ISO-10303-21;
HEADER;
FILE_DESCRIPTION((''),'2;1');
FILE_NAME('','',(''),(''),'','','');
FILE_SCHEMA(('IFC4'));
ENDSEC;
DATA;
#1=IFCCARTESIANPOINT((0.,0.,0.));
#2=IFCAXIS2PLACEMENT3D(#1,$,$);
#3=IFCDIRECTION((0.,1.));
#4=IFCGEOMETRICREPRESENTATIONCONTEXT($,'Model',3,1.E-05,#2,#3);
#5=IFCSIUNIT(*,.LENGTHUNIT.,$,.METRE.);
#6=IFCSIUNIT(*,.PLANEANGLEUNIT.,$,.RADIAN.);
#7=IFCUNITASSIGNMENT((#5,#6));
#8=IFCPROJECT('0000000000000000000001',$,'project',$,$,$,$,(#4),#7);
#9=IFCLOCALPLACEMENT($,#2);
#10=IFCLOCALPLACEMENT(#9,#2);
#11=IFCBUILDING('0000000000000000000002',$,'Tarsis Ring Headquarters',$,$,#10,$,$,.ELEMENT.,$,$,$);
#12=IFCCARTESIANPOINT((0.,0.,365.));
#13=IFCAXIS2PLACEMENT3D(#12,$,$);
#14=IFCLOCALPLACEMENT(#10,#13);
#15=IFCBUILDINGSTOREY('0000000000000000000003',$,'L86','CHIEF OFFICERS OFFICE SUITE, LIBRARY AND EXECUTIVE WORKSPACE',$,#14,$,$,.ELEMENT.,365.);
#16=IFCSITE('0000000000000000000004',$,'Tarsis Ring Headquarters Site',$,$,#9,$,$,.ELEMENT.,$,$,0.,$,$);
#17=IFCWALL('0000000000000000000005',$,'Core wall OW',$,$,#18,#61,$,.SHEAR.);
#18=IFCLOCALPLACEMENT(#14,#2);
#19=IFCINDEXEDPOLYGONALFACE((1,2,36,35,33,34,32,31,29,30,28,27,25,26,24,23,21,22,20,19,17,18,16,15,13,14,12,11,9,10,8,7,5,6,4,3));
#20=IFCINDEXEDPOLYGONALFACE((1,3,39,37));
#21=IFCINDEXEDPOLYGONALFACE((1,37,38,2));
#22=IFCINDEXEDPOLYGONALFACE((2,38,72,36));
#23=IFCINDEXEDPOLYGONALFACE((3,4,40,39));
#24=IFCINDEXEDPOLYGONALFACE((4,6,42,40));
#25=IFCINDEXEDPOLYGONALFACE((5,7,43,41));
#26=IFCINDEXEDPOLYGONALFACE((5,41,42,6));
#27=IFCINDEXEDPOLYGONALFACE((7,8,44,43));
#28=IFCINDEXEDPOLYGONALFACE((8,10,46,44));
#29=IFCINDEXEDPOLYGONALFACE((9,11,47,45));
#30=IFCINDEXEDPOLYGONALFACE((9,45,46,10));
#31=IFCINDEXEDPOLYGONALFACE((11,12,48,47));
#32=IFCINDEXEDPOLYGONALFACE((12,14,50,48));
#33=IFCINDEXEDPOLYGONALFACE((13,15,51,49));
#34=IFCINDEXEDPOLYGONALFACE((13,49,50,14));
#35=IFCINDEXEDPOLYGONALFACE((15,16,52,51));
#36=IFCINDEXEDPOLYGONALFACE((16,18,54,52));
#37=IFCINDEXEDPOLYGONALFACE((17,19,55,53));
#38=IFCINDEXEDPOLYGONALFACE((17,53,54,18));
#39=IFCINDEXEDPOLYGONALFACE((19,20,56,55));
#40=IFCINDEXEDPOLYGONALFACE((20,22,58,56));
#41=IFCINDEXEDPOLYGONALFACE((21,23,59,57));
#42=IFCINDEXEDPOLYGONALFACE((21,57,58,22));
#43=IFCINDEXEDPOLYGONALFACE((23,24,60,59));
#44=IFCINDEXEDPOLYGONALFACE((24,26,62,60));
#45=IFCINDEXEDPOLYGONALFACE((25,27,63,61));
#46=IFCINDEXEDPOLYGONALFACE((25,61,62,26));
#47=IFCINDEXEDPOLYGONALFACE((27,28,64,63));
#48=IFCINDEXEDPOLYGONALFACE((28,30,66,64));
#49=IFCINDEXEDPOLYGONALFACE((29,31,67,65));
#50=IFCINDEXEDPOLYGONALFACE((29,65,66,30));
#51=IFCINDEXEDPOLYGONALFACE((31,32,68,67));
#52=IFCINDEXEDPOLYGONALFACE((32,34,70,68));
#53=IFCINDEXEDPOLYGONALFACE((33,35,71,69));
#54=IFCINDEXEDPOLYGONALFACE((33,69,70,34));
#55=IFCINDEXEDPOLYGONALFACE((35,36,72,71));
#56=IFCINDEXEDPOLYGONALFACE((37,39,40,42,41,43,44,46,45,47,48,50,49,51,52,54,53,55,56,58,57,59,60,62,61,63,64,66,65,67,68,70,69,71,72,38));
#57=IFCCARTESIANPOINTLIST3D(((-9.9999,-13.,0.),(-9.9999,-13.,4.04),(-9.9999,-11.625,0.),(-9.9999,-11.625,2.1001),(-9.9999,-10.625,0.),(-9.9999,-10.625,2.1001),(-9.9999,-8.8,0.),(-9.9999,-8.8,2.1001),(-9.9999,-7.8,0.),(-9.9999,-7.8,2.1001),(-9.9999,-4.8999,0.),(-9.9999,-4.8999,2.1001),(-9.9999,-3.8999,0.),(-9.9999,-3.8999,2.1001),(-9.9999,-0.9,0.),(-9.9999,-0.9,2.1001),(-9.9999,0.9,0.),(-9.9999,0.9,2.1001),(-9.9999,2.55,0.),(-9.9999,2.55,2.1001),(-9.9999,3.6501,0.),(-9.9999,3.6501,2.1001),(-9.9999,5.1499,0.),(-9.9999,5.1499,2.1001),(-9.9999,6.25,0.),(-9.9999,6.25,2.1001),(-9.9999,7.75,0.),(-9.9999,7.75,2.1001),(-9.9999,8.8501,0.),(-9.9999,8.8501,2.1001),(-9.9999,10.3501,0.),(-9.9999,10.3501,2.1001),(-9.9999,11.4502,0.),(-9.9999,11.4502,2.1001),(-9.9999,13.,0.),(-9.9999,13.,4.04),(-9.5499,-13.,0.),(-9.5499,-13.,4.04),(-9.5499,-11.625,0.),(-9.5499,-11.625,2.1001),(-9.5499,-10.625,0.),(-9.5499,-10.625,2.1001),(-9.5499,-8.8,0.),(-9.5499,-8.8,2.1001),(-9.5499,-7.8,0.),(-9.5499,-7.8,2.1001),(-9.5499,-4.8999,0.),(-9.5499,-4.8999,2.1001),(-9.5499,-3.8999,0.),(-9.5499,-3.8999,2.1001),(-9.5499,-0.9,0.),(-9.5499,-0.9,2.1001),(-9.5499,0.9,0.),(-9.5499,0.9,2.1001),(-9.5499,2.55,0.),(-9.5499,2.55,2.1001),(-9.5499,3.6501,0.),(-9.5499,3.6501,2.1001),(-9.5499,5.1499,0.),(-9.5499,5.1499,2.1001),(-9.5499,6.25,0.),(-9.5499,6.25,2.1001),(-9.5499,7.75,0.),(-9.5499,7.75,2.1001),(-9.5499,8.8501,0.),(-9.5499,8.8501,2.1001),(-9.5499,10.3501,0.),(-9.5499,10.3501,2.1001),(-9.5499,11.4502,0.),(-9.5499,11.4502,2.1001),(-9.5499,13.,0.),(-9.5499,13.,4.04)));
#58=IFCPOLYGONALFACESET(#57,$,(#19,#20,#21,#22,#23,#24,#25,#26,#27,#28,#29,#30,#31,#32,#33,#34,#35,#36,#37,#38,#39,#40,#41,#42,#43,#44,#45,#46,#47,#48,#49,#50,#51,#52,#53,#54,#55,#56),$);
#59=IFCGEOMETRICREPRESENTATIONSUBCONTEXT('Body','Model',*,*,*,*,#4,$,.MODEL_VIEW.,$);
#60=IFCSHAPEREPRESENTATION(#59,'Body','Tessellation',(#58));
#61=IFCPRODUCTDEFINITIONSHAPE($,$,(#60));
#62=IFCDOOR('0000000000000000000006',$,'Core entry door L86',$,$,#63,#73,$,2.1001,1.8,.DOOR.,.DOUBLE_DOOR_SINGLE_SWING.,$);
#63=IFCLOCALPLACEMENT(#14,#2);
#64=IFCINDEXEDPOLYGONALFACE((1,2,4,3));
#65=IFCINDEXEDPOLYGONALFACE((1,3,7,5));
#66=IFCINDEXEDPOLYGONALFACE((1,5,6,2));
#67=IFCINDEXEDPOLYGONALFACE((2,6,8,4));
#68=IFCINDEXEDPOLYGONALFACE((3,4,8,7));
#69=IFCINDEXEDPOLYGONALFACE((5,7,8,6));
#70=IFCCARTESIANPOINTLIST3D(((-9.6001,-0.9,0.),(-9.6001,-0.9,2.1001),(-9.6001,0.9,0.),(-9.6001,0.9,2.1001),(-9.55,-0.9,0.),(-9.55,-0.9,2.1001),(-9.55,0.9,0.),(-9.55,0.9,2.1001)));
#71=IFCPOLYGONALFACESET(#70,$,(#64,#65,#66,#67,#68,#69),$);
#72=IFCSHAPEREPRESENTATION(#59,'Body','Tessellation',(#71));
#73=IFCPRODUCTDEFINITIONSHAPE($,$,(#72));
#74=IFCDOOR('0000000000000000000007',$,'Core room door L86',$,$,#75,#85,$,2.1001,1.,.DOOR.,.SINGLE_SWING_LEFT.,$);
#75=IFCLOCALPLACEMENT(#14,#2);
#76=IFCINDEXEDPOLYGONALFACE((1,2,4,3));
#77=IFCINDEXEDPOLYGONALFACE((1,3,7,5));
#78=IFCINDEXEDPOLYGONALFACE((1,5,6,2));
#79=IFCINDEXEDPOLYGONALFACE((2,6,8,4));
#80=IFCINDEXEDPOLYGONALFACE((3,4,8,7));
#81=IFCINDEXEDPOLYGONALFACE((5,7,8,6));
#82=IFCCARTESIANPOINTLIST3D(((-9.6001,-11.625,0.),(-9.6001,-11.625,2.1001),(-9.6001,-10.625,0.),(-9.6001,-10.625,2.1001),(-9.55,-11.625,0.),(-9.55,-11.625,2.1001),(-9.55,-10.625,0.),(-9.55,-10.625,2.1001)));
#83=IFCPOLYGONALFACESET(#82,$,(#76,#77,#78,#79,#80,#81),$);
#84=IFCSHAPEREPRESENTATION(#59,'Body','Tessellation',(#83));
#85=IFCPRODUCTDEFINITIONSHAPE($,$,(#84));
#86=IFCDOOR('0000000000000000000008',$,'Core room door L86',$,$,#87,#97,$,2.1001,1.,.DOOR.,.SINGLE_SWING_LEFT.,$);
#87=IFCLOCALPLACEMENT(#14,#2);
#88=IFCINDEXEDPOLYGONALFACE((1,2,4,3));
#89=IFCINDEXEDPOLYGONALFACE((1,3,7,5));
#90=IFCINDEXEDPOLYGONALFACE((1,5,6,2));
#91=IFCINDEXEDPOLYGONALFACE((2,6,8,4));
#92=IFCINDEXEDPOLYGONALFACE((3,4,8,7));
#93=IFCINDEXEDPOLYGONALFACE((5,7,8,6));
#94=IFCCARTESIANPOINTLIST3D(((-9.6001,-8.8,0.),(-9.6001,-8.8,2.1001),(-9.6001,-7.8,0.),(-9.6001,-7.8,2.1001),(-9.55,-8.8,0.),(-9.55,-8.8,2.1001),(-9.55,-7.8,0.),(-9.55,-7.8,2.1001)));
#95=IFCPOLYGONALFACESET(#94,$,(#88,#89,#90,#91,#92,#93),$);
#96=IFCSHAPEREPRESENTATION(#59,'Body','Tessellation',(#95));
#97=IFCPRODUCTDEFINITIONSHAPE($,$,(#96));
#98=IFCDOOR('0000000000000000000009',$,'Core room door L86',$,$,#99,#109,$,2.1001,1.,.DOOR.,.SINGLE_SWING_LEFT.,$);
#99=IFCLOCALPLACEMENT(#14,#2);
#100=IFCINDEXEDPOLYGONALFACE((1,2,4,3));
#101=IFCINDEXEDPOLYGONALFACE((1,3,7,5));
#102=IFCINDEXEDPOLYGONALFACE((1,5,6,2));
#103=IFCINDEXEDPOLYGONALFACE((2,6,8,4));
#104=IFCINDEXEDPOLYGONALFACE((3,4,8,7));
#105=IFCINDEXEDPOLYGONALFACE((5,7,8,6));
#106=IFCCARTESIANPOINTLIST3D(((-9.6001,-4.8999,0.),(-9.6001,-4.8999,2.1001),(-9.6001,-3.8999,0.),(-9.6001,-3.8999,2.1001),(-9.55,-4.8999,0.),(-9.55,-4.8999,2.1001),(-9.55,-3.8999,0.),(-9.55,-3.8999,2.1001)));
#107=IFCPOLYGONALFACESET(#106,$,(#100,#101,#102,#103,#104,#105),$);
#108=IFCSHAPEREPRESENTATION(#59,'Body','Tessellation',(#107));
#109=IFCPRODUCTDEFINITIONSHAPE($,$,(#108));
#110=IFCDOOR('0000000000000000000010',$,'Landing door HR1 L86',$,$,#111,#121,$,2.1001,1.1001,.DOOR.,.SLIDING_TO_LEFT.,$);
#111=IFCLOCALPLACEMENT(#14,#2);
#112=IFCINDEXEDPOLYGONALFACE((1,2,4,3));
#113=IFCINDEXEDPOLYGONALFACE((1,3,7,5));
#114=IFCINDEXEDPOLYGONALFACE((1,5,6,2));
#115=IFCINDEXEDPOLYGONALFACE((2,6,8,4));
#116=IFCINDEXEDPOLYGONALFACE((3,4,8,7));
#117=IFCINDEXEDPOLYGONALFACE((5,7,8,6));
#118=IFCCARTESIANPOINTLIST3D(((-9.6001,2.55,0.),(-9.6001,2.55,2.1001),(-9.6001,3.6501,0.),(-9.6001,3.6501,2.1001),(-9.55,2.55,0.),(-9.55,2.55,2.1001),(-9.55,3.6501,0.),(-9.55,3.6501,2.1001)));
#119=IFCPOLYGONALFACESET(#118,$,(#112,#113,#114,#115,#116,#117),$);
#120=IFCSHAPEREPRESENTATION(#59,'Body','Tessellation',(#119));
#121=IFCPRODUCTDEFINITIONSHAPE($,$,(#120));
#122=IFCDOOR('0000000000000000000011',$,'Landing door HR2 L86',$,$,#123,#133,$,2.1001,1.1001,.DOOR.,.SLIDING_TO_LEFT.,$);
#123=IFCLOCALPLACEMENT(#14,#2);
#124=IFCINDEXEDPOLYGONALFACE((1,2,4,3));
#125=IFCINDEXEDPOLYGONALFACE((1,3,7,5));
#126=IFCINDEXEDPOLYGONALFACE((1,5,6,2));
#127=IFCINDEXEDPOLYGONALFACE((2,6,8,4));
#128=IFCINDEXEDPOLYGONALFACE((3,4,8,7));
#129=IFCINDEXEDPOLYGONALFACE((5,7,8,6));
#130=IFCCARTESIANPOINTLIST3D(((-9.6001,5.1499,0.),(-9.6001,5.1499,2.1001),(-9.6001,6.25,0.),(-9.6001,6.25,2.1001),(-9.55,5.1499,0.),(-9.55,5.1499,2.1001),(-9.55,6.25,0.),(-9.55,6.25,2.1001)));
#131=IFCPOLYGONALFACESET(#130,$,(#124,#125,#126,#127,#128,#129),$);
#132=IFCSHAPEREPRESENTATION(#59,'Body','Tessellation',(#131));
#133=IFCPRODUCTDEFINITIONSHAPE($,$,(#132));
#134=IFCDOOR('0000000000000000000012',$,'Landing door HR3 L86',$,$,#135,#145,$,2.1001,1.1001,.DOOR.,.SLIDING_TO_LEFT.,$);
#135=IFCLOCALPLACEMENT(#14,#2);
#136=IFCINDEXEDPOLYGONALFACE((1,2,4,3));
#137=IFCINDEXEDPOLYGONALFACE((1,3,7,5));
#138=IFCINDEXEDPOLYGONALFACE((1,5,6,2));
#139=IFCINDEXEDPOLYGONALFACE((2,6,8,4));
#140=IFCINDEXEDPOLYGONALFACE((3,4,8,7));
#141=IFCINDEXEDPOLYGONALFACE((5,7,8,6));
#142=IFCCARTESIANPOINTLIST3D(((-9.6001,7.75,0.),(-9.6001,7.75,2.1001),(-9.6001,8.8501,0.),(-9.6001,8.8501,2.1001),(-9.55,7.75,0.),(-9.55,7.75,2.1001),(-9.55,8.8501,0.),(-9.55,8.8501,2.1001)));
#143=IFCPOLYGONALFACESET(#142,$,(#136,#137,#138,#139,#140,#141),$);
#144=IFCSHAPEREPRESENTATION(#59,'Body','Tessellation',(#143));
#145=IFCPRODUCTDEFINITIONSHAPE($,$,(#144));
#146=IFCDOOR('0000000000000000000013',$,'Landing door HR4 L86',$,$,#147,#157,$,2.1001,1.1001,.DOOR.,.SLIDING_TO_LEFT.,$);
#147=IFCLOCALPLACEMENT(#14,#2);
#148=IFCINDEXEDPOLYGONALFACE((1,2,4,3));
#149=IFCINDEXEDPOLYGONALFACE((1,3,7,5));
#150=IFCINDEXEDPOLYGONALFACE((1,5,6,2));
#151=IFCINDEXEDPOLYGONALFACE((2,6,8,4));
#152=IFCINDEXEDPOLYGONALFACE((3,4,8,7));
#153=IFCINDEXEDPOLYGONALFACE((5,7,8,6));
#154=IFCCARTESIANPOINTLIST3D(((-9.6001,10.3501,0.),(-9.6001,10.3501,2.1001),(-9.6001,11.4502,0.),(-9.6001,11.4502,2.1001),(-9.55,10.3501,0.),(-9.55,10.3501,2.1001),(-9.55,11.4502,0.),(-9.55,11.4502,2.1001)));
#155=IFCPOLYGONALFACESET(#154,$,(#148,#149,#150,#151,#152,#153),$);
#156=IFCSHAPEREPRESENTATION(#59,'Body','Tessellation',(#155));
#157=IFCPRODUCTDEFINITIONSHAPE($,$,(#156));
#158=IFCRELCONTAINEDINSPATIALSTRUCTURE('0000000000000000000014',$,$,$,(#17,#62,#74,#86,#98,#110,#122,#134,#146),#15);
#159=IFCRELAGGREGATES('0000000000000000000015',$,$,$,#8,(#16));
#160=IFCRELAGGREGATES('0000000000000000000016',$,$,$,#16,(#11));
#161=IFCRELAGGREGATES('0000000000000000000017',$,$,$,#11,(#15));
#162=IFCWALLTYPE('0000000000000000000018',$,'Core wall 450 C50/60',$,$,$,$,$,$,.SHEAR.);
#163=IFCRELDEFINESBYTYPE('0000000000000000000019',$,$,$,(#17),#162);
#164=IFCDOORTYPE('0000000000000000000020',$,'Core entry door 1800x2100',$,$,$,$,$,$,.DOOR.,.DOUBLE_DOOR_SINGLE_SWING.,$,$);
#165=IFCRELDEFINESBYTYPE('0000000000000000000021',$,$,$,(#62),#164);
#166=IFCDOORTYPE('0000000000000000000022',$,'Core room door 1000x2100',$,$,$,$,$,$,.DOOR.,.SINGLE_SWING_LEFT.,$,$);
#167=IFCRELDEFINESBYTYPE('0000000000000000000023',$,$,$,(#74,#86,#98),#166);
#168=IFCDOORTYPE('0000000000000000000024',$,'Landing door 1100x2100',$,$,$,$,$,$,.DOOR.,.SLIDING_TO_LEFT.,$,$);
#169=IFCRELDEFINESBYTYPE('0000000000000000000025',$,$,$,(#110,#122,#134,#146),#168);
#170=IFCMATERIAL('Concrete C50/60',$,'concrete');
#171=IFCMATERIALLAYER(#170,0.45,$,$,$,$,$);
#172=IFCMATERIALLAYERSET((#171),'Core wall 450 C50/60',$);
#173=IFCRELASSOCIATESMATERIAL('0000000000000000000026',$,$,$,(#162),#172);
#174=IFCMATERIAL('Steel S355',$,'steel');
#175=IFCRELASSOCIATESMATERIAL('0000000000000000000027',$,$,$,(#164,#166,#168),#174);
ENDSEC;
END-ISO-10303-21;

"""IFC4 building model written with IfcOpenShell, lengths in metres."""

from ifc_helpers import new_model, si_unit, direction, frame, frame_2d, origin, place, context, subcontext, project, spatial, rectangle, extrude, material, layer, layer_set, type_object, element, fill, save


model = new_model("IFC4")

# Units and contexts
model_context = context("Model", 3, precision=1e-05, world=origin(), true_north=direction((0.0, 1.0)))
body_context = subcontext(model_context, "Body", "Model", "MODEL_VIEW")
ifc_project = project(units=[si_unit("LENGTHUNIT", "METRE"), si_unit("PLANEANGLEUNIT", "RADIAN")], contexts=[model_context])

# Site, building, storey
site_placement = place(None, origin())
site = spatial("IfcSite", under=ifc_project, at=site_placement, Name="Tarsis Ring Headquarters Site", CompositionType="ELEMENT", RefElevation=0.0)
building_placement = place(site_placement, origin())
building = spatial("IfcBuilding", under=site, at=building_placement, Name="Tarsis Ring Headquarters", CompositionType="ELEMENT")
storey_placement = place(building_placement, frame((0.0, 0.0, 365.0)))
storey = spatial("IfcBuildingStorey", under=building, at=storey_placement, Name="L86", Description="CHIEF OFFICERS OFFICE SUITE, LIBRARY AND EXECUTIVE WORKSPACE", CompositionType="ELEMENT", Elevation=365.0)

# Wall, openings, doors
ifc_material_1 = material(Name="Concrete C50/60", Category="concrete")
ifc_layer_1 = layer(ifc_material_1, 0.45)
ifc_layer_set_1 = layer_set([ifc_layer_1], Name="Core wall 450 C50/60")
wall_type_1 = type_object("IfcWallType", Name="Core wall 450 C50/60", PredefinedType="SHEAR", material=ifc_layer_set_1)
wall_1_placement = place(storey_placement, frame((-9.7749, -13.0, 0.0), z_axis=(0.0, 0.0, 1.0), x_axis=(0.0, 1.0, 0.0)))
wall_1 = element("IfcWall", 1, at=wall_1_placement, inside=storey, type_object=wall_type_1, Name="Core wall OW", PredefinedType="SHEAR", context=body_context, shape_type="SweptSolid", body=[
    extrude(rectangle(XDim=26.0, YDim=0.45, at=frame_2d((13.0, 0.0))), origin(), (0.0, 0.0, 1.0), 4.04),
])
opening_1_placement = place(wall_1_placement, frame((1.375, 0.0, 0.0)))
opening_1 = element("IfcOpeningElement", 2, at=opening_1_placement, cuts=wall_1, PredefinedType="OPENING", context=body_context, shape_type="SweptSolid", body=[
    extrude(rectangle(XDim=1.0, YDim=2.1001, at=frame_2d((0.5, 1.05))), frame((0.0, 0.2349, 0.0), z_axis=(0.0, -1.0, 0.0), x_axis=(1.0, 0.0, 0.0)), (0.0, 0.0, 1.0), 0.47),
])
opening_2_placement = place(wall_1_placement, frame((4.2, 0.0, 0.0)))
opening_2 = element("IfcOpeningElement", 3, at=opening_2_placement, cuts=wall_1, PredefinedType="OPENING", context=body_context, shape_type="SweptSolid", body=[
    extrude(rectangle(XDim=1.0, YDim=2.1001, at=frame_2d((0.5, 1.05))), frame((0.0, 0.2349, 0.0), z_axis=(0.0, -1.0, 0.0), x_axis=(1.0, 0.0, 0.0)), (0.0, 0.0, 1.0), 0.47),
])
opening_3_placement = place(wall_1_placement, frame((8.1001, 0.0, 0.0)))
opening_3 = element("IfcOpeningElement", 4, at=opening_3_placement, cuts=wall_1, PredefinedType="OPENING", context=body_context, shape_type="SweptSolid", body=[
    extrude(rectangle(XDim=1.0, YDim=2.1001, at=frame_2d((0.5, 1.05))), frame((0.0, 0.2349, 0.0), z_axis=(0.0, -1.0, 0.0), x_axis=(1.0, 0.0, 0.0)), (0.0, 0.0, 1.0), 0.47),
])
opening_4_placement = place(wall_1_placement, frame((12.1001, 0.0, 0.0)))
opening_4 = element("IfcOpeningElement", 5, at=opening_4_placement, cuts=wall_1, PredefinedType="OPENING", context=body_context, shape_type="SweptSolid", body=[
    extrude(rectangle(XDim=1.8, YDim=2.1001, at=frame_2d((0.8999, 1.05))), frame((0.0, 0.2349, 0.0), z_axis=(0.0, -1.0, 0.0), x_axis=(1.0, 0.0, 0.0)), (0.0, 0.0, 1.0), 0.47),
])
opening_5_placement = place(wall_1_placement, frame((15.55, 0.0, 0.0)))
opening_5 = element("IfcOpeningElement", 6, at=opening_5_placement, cuts=wall_1, PredefinedType="OPENING", context=body_context, shape_type="SweptSolid", body=[
    extrude(rectangle(XDim=1.1001, YDim=2.1001, at=frame_2d((0.55, 1.05))), frame((0.0, 0.2349, 0.0), z_axis=(0.0, -1.0, 0.0), x_axis=(1.0, 0.0, 0.0)), (0.0, 0.0, 1.0), 0.47),
])
opening_6_placement = place(wall_1_placement, frame((18.1499, 0.0, 0.0)))
opening_6 = element("IfcOpeningElement", 7, at=opening_6_placement, cuts=wall_1, PredefinedType="OPENING", context=body_context, shape_type="SweptSolid", body=[
    extrude(rectangle(XDim=1.1001, YDim=2.1001, at=frame_2d((0.55, 1.05))), frame((0.0, 0.2349, 0.0), z_axis=(0.0, -1.0, 0.0), x_axis=(1.0, 0.0, 0.0)), (0.0, 0.0, 1.0), 0.47),
])
opening_7_placement = place(wall_1_placement, frame((20.75, 0.0, 0.0)))
opening_7 = element("IfcOpeningElement", 8, at=opening_7_placement, cuts=wall_1, PredefinedType="OPENING", context=body_context, shape_type="SweptSolid", body=[
    extrude(rectangle(XDim=1.1001, YDim=2.1001, at=frame_2d((0.55, 1.05))), frame((0.0, 0.2349, 0.0), z_axis=(0.0, -1.0, 0.0), x_axis=(1.0, 0.0, 0.0)), (0.0, 0.0, 1.0), 0.47),
])
opening_8_placement = place(wall_1_placement, frame((23.3501, 0.0, 0.0)))
opening_8 = element("IfcOpeningElement", 9, at=opening_8_placement, cuts=wall_1, PredefinedType="OPENING", context=body_context, shape_type="SweptSolid", body=[
    extrude(rectangle(XDim=1.1001, YDim=2.1001, at=frame_2d((0.55, 1.05))), frame((0.0, 0.2349, 0.0), z_axis=(0.0, -1.0, 0.0), x_axis=(1.0, 0.0, 0.0)), (0.0, 0.0, 1.0), 0.47),
])
ifc_material_2 = material(Name="Steel S355", Category="steel")
door_type_1 = type_object("IfcDoorType", Name="Core entry door 1800x2100", OperationType="DOUBLE_DOOR_SINGLE_SWING", PredefinedType="DOOR", material=ifc_material_2)
door_1_placement = place(opening_4_placement, origin())
door_1 = element("IfcDoor", 10, at=door_1_placement, inside=storey, type_object=door_type_1, Name="Core entry door L86", OperationType="DOUBLE_DOOR_SINGLE_SWING", OverallHeight=2.1001, OverallWidth=1.8, PredefinedType="DOOR", context=body_context, shape_type="SweptSolid", body=[
    extrude(rectangle(XDim=1.8, YDim=2.1001, at=frame_2d((0.8999, 1.05))), frame((0.0, -0.1748, 0.0), z_axis=(0.0, -1.0, 0.0), x_axis=(1.0, 0.0, 0.0)), (0.0, 0.0, 1.0), 0.05),
])
fill(opening_4, door_1)
door_type_2 = type_object("IfcDoorType", Name="Core room door 1000x2100", OperationType="SINGLE_SWING_LEFT", PredefinedType="DOOR", material=ifc_material_2)
door_2_placement = place(opening_1_placement, origin())
door_2 = element("IfcDoor", 11, at=door_2_placement, inside=storey, type_object=door_type_2, Name="Core room door L86", OperationType="SINGLE_SWING_LEFT", OverallHeight=2.1001, OverallWidth=1.0, PredefinedType="DOOR", context=body_context, shape_type="SweptSolid", body=[
    extrude(rectangle(XDim=1.0, YDim=2.1001, at=frame_2d((0.5, 1.05))), frame((0.0, -0.1748, 0.0), z_axis=(0.0, -1.0, 0.0), x_axis=(1.0, 0.0, 0.0)), (0.0, 0.0, 1.0), 0.05),
])
fill(opening_1, door_2)
door_3_placement = place(opening_2_placement, origin())
door_3 = element("IfcDoor", 12, at=door_3_placement, inside=storey, type_object=door_type_2, Name="Core room door L86", OperationType="SINGLE_SWING_LEFT", OverallHeight=2.1001, OverallWidth=1.0, PredefinedType="DOOR", context=body_context, shape_type="SweptSolid", body=[
    extrude(rectangle(XDim=1.0, YDim=2.1001, at=frame_2d((0.5, 1.05))), frame((0.0, -0.1748, 0.0), z_axis=(0.0, -1.0, 0.0), x_axis=(1.0, 0.0, 0.0)), (0.0, 0.0, 1.0), 0.05),
])
fill(opening_2, door_3)
door_4_placement = place(opening_3_placement, origin())
door_4 = element("IfcDoor", 13, at=door_4_placement, inside=storey, type_object=door_type_2, Name="Core room door L86", OperationType="SINGLE_SWING_LEFT", OverallHeight=2.1001, OverallWidth=1.0, PredefinedType="DOOR", context=body_context, shape_type="SweptSolid", body=[
    extrude(rectangle(XDim=1.0, YDim=2.1001, at=frame_2d((0.5, 1.05))), frame((0.0, -0.1748, 0.0), z_axis=(0.0, -1.0, 0.0), x_axis=(1.0, 0.0, 0.0)), (0.0, 0.0, 1.0), 0.05),
])
fill(opening_3, door_4)
door_type_3 = type_object("IfcDoorType", Name="Landing door 1100x2100", OperationType="SLIDING_TO_LEFT", PredefinedType="DOOR", material=ifc_material_2)
door_5_placement = place(opening_5_placement, origin())
door_5 = element("IfcDoor", 14, at=door_5_placement, inside=storey, type_object=door_type_3, Name="Landing door HR1 L86", OperationType="SLIDING_TO_LEFT", OverallHeight=2.1001, OverallWidth=1.1001, PredefinedType="DOOR", context=body_context, shape_type="SweptSolid", body=[
    extrude(rectangle(XDim=1.1001, YDim=2.1001, at=frame_2d((0.55, 1.05))), frame((0.0, -0.1748, 0.0), z_axis=(0.0, -1.0, 0.0), x_axis=(1.0, 0.0, 0.0)), (0.0, 0.0, 1.0), 0.05),
])
fill(opening_5, door_5)
door_6_placement = place(opening_6_placement, origin())
door_6 = element("IfcDoor", 15, at=door_6_placement, inside=storey, type_object=door_type_3, Name="Landing door HR2 L86", OperationType="SLIDING_TO_LEFT", OverallHeight=2.1001, OverallWidth=1.1001, PredefinedType="DOOR", context=body_context, shape_type="SweptSolid", body=[
    extrude(rectangle(XDim=1.1001, YDim=2.1001, at=frame_2d((0.55, 1.05))), frame((0.0, -0.1748, 0.0), z_axis=(0.0, -1.0, 0.0), x_axis=(1.0, 0.0, 0.0)), (0.0, 0.0, 1.0), 0.05),
])
fill(opening_6, door_6)
door_7_placement = place(opening_7_placement, origin())
door_7 = element("IfcDoor", 16, at=door_7_placement, inside=storey, type_object=door_type_3, Name="Landing door HR3 L86", OperationType="SLIDING_TO_LEFT", OverallHeight=2.1001, OverallWidth=1.1001, PredefinedType="DOOR", context=body_context, shape_type="SweptSolid", body=[
    extrude(rectangle(XDim=1.1001, YDim=2.1001, at=frame_2d((0.55, 1.05))), frame((0.0, -0.1748, 0.0), z_axis=(0.0, -1.0, 0.0), x_axis=(1.0, 0.0, 0.0)), (0.0, 0.0, 1.0), 0.05),
])
fill(opening_7, door_7)
door_8_placement = place(opening_8_placement, origin())
door_8 = element("IfcDoor", 17, at=door_8_placement, inside=storey, type_object=door_type_3, Name="Landing door HR4 L86", OperationType="SLIDING_TO_LEFT", OverallHeight=2.1001, OverallWidth=1.1001, PredefinedType="DOOR", context=body_context, shape_type="SweptSolid", body=[
    extrude(rectangle(XDim=1.1001, YDim=2.1001, at=frame_2d((0.55, 1.05))), frame((0.0, -0.1748, 0.0), z_axis=(0.0, -1.0, 0.0), x_axis=(1.0, 0.0, 0.0)), (0.0, 0.0, 1.0), 0.05),
])
fill(opening_8, door_8)

save(model, "model.ifc")
